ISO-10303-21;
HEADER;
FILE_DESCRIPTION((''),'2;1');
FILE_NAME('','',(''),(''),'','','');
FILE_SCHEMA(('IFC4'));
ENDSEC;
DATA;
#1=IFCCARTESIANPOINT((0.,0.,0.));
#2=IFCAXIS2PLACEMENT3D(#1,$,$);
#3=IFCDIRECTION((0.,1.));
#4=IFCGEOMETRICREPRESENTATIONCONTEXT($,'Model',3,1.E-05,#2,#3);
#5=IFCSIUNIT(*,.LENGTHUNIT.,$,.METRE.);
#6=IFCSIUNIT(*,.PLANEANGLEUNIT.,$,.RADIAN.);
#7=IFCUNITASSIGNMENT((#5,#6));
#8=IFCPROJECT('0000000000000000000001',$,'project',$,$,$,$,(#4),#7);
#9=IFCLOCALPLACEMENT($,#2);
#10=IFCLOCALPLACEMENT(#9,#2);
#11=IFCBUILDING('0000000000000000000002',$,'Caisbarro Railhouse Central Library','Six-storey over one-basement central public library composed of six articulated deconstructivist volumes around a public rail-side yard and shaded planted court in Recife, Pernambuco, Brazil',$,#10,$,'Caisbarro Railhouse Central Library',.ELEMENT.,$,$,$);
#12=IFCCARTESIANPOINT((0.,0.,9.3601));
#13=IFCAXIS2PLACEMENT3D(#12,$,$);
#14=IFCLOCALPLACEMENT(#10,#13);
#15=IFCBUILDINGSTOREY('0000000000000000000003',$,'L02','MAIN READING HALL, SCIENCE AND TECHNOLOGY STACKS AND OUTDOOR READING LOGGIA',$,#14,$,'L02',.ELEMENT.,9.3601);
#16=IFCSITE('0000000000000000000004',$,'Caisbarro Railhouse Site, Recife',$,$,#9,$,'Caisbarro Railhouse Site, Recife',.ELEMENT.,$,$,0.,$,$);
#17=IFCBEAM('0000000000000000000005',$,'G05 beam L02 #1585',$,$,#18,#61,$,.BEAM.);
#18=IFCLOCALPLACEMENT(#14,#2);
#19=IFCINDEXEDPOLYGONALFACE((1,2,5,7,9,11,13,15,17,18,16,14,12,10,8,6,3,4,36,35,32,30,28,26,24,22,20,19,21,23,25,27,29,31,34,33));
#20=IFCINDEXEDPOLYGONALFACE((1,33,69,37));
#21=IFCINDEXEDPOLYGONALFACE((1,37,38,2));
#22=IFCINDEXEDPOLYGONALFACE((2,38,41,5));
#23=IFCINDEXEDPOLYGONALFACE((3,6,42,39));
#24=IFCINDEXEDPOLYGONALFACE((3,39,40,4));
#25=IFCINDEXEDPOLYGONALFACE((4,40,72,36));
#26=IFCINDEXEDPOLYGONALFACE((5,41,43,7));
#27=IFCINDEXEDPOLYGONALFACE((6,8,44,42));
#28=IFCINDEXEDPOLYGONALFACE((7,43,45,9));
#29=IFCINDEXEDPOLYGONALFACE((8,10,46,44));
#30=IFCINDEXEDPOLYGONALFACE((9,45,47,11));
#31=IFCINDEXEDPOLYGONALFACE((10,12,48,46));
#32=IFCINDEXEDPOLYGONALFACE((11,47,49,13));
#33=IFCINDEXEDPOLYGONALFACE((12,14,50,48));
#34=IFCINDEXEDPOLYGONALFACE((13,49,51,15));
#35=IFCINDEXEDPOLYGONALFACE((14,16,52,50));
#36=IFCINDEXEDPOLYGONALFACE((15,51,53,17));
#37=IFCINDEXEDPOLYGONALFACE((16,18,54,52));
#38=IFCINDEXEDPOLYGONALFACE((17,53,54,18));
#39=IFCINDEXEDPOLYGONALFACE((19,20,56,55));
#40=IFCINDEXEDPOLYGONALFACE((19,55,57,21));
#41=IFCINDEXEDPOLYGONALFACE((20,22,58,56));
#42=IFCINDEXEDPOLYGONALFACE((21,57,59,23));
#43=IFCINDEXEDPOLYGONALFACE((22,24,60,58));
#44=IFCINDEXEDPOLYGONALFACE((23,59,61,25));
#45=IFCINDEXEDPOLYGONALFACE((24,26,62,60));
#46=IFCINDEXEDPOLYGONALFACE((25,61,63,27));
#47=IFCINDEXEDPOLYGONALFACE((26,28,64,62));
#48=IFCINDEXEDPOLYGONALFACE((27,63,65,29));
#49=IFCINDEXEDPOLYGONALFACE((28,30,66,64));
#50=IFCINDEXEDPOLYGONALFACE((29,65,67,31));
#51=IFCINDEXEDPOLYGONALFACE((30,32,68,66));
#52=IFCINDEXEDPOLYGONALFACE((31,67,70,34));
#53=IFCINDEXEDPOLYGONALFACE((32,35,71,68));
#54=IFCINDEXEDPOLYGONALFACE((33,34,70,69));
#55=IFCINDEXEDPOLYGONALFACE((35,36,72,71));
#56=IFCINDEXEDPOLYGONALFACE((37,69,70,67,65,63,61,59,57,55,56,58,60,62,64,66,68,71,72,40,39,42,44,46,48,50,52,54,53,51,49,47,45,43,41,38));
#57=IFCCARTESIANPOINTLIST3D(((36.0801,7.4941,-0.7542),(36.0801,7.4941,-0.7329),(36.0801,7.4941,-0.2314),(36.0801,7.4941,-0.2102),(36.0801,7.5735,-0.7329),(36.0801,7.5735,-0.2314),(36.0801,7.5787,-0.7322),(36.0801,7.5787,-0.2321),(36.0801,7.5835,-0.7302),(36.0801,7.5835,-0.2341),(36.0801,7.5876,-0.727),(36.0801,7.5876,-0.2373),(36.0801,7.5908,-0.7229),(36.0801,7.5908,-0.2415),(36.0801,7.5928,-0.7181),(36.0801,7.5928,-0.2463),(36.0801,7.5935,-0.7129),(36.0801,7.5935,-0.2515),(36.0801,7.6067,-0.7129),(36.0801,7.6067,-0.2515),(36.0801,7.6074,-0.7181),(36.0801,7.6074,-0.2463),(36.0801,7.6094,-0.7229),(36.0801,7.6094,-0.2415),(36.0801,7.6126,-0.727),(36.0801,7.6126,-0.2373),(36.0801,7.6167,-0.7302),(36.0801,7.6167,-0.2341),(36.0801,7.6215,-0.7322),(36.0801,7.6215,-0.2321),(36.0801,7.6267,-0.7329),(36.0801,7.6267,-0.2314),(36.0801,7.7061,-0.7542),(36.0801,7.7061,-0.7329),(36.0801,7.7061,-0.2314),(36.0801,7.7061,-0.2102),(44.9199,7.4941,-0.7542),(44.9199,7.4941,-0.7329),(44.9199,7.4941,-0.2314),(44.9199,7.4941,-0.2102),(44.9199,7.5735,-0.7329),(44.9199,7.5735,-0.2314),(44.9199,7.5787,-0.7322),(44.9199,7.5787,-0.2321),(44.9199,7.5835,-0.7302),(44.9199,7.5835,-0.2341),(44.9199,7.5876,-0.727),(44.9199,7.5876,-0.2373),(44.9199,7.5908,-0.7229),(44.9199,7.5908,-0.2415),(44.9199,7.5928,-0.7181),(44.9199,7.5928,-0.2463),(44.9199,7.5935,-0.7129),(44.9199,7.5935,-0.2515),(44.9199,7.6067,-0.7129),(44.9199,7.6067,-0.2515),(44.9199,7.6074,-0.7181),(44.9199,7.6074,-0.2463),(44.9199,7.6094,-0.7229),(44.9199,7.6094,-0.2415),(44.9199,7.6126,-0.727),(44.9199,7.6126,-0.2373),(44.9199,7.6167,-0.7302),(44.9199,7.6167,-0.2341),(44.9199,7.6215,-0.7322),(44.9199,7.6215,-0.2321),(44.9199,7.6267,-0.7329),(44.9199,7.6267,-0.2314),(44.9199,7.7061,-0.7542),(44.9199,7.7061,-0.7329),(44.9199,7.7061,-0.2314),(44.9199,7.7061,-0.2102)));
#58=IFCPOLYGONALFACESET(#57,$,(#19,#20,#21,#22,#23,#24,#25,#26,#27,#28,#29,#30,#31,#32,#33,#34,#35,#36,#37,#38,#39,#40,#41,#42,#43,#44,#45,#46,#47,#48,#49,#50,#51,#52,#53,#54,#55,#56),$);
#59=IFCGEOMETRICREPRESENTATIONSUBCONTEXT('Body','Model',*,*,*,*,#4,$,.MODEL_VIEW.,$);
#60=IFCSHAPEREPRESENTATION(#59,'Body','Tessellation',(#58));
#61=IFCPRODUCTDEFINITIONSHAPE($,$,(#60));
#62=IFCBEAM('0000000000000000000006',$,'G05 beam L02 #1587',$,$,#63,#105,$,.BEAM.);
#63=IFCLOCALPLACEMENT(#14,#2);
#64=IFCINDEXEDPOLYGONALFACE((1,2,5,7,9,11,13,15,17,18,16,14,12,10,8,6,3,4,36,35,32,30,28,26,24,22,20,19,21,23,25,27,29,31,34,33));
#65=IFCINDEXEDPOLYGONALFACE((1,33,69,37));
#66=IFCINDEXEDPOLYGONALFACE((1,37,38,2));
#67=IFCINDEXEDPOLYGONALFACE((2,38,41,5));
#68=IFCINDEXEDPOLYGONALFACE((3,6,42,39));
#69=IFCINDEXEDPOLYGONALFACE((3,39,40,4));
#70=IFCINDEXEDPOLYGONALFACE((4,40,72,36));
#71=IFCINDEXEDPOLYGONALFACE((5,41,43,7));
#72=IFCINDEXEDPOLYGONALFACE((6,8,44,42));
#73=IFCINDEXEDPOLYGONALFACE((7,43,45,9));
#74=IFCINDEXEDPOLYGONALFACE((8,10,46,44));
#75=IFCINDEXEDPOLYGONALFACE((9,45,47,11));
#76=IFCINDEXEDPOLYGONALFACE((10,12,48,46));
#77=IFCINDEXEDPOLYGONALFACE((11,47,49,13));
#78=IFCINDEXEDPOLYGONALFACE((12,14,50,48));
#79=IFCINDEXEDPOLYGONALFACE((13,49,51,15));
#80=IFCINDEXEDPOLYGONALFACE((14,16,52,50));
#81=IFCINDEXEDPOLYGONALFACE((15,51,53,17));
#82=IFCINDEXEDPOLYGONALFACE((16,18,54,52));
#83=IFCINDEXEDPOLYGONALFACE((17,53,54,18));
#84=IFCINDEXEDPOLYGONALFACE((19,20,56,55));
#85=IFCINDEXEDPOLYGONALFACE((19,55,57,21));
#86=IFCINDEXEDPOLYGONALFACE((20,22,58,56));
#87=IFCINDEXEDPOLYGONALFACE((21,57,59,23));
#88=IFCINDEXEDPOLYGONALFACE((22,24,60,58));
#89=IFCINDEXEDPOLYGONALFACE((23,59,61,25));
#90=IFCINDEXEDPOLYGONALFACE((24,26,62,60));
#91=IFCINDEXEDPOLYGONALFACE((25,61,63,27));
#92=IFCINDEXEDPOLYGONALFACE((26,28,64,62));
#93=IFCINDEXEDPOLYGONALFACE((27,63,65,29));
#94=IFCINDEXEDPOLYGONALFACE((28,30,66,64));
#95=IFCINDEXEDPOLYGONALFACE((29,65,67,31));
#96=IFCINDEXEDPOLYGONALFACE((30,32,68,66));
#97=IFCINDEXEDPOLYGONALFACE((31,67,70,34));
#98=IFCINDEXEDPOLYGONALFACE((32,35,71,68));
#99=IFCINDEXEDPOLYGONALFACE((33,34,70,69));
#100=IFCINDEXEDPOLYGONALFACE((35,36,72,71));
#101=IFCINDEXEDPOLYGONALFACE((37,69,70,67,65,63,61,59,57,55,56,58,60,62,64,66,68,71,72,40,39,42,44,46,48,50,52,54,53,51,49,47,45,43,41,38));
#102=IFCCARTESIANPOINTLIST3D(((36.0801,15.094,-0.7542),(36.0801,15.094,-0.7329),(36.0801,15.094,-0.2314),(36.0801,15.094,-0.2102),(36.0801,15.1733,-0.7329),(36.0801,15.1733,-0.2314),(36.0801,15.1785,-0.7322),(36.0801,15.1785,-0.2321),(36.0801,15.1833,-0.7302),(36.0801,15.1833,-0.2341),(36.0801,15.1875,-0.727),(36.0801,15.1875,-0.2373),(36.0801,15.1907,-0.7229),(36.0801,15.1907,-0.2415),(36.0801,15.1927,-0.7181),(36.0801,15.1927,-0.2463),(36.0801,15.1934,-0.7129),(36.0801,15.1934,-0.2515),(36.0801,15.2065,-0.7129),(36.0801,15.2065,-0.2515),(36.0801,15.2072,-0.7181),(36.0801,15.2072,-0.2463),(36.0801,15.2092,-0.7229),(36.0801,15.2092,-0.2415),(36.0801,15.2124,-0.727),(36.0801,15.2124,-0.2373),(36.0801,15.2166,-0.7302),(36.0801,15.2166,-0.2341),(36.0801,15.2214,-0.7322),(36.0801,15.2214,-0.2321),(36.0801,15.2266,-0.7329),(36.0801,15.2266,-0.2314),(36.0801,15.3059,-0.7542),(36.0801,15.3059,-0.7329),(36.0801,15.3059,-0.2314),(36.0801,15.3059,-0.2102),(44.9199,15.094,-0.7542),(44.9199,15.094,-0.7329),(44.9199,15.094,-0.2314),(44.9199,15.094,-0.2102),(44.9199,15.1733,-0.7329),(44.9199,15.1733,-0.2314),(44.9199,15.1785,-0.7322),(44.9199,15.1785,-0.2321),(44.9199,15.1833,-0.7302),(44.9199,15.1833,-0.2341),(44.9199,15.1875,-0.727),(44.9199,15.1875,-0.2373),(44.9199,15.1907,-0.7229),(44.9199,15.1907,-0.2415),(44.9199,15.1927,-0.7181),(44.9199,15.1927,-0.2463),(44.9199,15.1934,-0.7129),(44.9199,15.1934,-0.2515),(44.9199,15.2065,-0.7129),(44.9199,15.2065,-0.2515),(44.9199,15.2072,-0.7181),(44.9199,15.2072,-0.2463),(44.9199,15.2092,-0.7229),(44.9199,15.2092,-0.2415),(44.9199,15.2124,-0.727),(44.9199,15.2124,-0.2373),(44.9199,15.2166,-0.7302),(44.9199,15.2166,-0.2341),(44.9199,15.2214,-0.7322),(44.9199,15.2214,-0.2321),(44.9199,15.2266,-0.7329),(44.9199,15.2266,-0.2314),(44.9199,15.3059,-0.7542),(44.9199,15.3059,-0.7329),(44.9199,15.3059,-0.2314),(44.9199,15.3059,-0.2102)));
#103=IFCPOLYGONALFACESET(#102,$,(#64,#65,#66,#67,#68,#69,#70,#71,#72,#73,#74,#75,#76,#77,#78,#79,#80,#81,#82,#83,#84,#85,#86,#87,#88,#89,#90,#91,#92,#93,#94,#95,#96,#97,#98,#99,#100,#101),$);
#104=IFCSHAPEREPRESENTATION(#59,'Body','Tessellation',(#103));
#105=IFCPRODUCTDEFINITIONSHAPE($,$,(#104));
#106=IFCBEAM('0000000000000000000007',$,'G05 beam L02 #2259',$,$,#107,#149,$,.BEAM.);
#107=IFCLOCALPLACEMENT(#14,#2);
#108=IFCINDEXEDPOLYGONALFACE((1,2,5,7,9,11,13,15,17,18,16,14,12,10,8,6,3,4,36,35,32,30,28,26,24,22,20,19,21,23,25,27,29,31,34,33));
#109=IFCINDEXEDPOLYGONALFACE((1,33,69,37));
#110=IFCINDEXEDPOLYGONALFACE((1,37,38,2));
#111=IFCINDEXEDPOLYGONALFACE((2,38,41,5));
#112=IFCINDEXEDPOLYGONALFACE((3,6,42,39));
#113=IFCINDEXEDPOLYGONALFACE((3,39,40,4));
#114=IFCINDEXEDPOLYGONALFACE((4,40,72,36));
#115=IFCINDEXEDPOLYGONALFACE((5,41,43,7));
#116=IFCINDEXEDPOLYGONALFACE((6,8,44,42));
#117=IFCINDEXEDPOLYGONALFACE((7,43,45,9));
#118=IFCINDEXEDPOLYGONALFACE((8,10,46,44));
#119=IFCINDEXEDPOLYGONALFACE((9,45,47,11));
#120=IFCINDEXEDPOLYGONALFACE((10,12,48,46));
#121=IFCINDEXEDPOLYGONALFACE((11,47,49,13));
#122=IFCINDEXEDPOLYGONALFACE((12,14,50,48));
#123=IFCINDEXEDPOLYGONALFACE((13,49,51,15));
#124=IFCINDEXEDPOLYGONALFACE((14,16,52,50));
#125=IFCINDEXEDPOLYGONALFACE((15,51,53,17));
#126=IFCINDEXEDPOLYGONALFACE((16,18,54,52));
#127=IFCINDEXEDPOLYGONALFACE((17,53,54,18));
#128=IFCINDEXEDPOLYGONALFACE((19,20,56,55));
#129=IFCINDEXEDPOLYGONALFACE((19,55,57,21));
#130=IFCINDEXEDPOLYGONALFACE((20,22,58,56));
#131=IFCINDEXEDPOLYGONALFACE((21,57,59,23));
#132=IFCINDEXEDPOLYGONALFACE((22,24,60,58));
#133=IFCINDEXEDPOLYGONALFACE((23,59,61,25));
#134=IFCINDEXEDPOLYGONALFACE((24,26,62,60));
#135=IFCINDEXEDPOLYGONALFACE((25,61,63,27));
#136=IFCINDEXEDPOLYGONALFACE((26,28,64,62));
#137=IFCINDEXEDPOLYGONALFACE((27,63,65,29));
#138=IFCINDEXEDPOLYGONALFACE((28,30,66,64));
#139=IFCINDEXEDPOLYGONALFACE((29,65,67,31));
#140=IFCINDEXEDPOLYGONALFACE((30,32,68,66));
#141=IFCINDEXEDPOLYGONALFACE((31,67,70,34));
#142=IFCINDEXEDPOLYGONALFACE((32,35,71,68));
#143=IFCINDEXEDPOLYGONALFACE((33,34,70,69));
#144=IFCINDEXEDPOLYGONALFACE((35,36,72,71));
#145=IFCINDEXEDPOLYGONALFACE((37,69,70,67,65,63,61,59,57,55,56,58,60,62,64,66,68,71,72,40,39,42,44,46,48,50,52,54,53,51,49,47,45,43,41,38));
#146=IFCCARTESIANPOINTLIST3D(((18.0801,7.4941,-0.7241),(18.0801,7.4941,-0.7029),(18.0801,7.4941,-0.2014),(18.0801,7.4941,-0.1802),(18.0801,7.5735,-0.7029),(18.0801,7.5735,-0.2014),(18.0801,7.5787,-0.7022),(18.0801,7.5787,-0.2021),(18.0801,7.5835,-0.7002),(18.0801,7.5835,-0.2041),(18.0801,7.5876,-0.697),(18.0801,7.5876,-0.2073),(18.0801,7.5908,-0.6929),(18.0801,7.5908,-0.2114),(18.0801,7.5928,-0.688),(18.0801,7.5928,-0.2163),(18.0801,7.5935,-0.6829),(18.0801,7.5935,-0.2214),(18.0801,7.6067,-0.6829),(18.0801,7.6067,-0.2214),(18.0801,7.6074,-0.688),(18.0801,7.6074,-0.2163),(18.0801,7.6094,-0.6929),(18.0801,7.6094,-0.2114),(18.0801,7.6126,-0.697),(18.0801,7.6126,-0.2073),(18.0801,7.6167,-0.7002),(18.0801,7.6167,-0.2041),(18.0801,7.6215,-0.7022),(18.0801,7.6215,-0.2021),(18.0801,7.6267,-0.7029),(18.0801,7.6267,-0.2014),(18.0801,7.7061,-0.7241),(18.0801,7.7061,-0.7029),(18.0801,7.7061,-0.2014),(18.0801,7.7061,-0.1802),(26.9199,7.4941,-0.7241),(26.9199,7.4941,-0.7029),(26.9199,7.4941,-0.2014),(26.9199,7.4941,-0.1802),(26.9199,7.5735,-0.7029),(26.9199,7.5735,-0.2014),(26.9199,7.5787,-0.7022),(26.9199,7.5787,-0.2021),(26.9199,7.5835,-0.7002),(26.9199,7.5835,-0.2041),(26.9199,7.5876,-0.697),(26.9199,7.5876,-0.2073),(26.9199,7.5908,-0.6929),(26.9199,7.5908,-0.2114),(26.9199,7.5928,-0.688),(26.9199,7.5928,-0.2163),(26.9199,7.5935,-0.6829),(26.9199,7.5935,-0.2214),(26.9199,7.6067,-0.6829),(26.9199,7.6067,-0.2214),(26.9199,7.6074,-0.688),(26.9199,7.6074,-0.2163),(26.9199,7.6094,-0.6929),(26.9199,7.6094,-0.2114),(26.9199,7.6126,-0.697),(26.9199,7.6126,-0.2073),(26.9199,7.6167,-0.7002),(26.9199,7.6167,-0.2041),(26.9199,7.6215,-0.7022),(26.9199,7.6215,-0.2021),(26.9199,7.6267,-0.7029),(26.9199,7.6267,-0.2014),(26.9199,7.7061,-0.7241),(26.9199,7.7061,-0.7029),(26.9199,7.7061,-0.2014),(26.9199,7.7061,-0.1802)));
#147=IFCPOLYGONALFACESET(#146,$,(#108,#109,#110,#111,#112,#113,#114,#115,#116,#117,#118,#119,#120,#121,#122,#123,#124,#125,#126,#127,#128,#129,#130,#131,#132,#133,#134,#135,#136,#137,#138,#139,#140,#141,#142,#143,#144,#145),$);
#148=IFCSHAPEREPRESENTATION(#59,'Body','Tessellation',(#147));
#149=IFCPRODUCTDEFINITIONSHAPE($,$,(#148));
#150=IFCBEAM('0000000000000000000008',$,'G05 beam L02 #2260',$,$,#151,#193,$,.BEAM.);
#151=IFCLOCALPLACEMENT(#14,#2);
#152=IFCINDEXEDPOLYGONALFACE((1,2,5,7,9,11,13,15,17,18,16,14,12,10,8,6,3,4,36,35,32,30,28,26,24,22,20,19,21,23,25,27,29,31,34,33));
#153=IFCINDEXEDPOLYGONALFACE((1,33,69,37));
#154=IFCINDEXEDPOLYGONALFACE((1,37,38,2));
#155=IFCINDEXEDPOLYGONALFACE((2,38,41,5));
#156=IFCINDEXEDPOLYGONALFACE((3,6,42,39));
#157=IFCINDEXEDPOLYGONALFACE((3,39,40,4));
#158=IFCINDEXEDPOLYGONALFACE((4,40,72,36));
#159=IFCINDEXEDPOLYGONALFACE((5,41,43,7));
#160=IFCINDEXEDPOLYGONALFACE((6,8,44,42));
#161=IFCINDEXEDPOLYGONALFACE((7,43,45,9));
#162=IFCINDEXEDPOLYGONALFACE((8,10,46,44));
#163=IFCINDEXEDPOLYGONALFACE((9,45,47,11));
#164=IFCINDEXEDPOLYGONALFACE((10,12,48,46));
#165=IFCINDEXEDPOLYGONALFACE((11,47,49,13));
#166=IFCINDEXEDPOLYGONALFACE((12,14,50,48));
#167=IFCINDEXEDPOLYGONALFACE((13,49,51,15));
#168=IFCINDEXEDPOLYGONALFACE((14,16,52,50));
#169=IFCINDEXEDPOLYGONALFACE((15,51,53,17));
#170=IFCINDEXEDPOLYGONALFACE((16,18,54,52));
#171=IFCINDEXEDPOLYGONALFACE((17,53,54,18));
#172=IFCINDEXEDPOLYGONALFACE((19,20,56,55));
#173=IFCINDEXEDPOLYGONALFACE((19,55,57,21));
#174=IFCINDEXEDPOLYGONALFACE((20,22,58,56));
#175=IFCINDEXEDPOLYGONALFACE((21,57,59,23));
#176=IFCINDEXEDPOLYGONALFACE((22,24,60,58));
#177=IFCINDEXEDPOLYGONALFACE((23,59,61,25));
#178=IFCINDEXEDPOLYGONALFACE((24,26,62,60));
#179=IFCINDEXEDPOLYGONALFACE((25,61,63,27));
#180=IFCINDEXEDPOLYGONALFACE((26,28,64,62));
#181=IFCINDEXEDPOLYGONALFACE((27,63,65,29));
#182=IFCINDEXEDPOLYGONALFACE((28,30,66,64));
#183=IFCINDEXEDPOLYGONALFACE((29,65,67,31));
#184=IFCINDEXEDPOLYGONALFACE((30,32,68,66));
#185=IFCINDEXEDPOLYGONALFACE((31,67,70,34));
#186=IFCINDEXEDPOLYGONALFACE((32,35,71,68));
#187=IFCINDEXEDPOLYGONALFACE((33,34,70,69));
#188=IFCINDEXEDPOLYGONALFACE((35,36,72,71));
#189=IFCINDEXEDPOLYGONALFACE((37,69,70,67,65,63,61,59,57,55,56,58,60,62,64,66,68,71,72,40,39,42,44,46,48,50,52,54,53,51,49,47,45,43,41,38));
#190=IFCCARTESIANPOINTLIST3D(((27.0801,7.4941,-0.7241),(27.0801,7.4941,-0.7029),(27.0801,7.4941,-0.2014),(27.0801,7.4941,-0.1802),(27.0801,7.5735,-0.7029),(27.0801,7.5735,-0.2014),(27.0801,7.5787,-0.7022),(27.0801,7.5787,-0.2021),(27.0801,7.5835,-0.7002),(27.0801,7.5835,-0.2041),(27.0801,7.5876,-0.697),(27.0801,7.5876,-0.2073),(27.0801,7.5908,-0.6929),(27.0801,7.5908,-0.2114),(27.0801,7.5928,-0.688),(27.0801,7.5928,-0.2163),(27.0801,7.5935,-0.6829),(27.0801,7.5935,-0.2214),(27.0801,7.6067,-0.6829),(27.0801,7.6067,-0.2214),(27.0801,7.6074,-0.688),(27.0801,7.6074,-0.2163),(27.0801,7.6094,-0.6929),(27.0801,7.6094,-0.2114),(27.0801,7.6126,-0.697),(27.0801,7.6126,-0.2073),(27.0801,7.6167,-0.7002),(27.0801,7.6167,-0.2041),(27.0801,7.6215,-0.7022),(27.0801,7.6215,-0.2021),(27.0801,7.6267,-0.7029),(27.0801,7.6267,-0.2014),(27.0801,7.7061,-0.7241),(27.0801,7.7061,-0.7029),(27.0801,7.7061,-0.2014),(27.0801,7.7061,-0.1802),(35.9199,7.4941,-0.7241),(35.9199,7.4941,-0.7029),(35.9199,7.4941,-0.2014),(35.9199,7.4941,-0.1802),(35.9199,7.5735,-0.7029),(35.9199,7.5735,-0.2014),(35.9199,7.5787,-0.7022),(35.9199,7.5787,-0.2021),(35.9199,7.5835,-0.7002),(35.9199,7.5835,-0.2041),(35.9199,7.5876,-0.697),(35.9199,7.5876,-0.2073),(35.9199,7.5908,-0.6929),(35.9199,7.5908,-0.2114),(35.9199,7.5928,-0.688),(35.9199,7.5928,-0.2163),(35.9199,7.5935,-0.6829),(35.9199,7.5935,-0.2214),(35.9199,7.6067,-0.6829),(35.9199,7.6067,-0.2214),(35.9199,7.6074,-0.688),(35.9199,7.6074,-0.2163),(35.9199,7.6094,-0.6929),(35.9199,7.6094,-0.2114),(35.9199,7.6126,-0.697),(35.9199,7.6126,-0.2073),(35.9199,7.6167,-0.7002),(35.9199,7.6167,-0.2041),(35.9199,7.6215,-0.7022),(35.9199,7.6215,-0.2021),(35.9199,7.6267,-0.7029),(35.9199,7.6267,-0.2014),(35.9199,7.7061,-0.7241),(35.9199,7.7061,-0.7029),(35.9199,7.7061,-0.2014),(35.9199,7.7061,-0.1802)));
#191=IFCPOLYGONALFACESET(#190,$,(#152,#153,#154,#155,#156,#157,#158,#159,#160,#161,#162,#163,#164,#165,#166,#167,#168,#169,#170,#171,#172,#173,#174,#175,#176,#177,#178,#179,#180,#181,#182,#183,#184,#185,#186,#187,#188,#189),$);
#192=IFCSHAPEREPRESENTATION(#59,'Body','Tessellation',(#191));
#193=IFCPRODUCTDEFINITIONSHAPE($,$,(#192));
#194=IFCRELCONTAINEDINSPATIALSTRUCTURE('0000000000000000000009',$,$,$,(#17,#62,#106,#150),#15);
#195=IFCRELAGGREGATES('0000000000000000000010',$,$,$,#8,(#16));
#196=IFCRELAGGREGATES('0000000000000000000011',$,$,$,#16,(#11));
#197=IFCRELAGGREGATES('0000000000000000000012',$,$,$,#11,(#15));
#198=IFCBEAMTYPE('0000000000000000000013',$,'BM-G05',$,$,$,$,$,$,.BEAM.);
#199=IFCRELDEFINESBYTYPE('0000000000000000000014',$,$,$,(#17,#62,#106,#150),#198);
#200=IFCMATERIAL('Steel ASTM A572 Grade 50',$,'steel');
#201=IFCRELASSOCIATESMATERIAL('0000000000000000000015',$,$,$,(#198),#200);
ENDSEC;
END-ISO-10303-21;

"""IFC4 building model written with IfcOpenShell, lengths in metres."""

from ifc_helpers import new_model, si_unit, direction, frame, origin, origin_2d, place, context, subcontext, project, spatial, i_section, extrude, material, material_profile, profile_set, type_object, element, save


model = new_model("IFC4")

# Units and contexts
model_context = context("Model", 3, precision=1e-05, world=origin(), true_north=direction((0.0, 1.0)))
body_context = subcontext(model_context, "Body", "Model", "MODEL_VIEW")
ifc_project = project(units=[si_unit("LENGTHUNIT", "METRE"), si_unit("PLANEANGLEUNIT", "RADIAN")], contexts=[model_context])

# Site, building, storey
site_placement = place(None, origin())
site = spatial("IfcSite", under=ifc_project, at=site_placement, Name="Caisbarro Railhouse Site, Recife", LongName="Caisbarro Railhouse Site, Recife", CompositionType="ELEMENT", RefElevation=0.0)
building_placement = place(site_placement, origin())
building = spatial("IfcBuilding", under=site, at=building_placement, Name="Caisbarro Railhouse Central Library", Description="Six-storey over one-basement central public library composed of six articulated deconstructivist volumes around a public rail-side yard and shaded planted court in Recife, Pernambuco, Brazil", LongName="Caisbarro Railhouse Central Library", CompositionType="ELEMENT")
storey_placement = place(building_placement, frame((0.0, 0.0, 9.3601)))
storey = spatial("IfcBuildingStorey", under=building, at=storey_placement, Name="L02", Description="MAIN READING HALL, SCIENCE AND TECHNOLOGY STACKS AND OUTDOOR READING LOGGIA", LongName="L02", CompositionType="ELEMENT", Elevation=9.3601)

# Beams
ifc_material_1 = material(Name="Steel ASTM A572 Grade 50", Category="steel")
ifc_material_profile_1 = material_profile(ifc_material_1, i_section(OverallWidth=0.2119, OverallDepth=0.5439, WebThickness=0.0132, FlangeThickness=0.0212, FilletRadius=0.02, at=origin_2d()), Name="W530X123.0")
ifc_profile_set_1 = profile_set([ifc_material_profile_1], Name="Steel ASTM A572 Grade 50")
beam_type_1 = type_object("IfcBeamType", Name="BM-G05", PredefinedType="BEAM", material=ifc_profile_set_1)
for number, where, z_axis, x_axis, name in (
    (1, (36.0801, 7.6001, -0.4822), (1.0, 0.0, 0.0), (0.0, 1.0, 0.0), "G05 beam L02 #1585"),
    (2, (36.0801, 15.2, -0.4822), (1.0, 0.0, 0.0), (0.0, 1.0, 0.0), "G05 beam L02 #1587"),
    (3, (18.0801, 7.6001, -0.4521), (1.0, 0.0, 0.0), (0.0, 1.0, 0.0), "G05 beam L02 #2259"),
    (4, (27.0801, 7.6001, -0.4521), (1.0, 0.0, 0.0), (0.0, 1.0, 0.0), "G05 beam L02 #2260"),
):
    element("IfcBeam", number, at=place(storey_placement, frame(where, z_axis=z_axis, x_axis=x_axis)), inside=storey, type_object=beam_type_1, Name=name, PredefinedType="BEAM", context=body_context, shape_type="SweptSolid", body=[
        extrude(i_section(OverallWidth=0.2119, OverallDepth=0.5439, WebThickness=0.0132, FlangeThickness=0.0212, FilletRadius=0.02, at=origin_2d()), origin(), (0.0, 0.0, 1.0), 8.8398),
    ])

save(model, "model.ifc")
